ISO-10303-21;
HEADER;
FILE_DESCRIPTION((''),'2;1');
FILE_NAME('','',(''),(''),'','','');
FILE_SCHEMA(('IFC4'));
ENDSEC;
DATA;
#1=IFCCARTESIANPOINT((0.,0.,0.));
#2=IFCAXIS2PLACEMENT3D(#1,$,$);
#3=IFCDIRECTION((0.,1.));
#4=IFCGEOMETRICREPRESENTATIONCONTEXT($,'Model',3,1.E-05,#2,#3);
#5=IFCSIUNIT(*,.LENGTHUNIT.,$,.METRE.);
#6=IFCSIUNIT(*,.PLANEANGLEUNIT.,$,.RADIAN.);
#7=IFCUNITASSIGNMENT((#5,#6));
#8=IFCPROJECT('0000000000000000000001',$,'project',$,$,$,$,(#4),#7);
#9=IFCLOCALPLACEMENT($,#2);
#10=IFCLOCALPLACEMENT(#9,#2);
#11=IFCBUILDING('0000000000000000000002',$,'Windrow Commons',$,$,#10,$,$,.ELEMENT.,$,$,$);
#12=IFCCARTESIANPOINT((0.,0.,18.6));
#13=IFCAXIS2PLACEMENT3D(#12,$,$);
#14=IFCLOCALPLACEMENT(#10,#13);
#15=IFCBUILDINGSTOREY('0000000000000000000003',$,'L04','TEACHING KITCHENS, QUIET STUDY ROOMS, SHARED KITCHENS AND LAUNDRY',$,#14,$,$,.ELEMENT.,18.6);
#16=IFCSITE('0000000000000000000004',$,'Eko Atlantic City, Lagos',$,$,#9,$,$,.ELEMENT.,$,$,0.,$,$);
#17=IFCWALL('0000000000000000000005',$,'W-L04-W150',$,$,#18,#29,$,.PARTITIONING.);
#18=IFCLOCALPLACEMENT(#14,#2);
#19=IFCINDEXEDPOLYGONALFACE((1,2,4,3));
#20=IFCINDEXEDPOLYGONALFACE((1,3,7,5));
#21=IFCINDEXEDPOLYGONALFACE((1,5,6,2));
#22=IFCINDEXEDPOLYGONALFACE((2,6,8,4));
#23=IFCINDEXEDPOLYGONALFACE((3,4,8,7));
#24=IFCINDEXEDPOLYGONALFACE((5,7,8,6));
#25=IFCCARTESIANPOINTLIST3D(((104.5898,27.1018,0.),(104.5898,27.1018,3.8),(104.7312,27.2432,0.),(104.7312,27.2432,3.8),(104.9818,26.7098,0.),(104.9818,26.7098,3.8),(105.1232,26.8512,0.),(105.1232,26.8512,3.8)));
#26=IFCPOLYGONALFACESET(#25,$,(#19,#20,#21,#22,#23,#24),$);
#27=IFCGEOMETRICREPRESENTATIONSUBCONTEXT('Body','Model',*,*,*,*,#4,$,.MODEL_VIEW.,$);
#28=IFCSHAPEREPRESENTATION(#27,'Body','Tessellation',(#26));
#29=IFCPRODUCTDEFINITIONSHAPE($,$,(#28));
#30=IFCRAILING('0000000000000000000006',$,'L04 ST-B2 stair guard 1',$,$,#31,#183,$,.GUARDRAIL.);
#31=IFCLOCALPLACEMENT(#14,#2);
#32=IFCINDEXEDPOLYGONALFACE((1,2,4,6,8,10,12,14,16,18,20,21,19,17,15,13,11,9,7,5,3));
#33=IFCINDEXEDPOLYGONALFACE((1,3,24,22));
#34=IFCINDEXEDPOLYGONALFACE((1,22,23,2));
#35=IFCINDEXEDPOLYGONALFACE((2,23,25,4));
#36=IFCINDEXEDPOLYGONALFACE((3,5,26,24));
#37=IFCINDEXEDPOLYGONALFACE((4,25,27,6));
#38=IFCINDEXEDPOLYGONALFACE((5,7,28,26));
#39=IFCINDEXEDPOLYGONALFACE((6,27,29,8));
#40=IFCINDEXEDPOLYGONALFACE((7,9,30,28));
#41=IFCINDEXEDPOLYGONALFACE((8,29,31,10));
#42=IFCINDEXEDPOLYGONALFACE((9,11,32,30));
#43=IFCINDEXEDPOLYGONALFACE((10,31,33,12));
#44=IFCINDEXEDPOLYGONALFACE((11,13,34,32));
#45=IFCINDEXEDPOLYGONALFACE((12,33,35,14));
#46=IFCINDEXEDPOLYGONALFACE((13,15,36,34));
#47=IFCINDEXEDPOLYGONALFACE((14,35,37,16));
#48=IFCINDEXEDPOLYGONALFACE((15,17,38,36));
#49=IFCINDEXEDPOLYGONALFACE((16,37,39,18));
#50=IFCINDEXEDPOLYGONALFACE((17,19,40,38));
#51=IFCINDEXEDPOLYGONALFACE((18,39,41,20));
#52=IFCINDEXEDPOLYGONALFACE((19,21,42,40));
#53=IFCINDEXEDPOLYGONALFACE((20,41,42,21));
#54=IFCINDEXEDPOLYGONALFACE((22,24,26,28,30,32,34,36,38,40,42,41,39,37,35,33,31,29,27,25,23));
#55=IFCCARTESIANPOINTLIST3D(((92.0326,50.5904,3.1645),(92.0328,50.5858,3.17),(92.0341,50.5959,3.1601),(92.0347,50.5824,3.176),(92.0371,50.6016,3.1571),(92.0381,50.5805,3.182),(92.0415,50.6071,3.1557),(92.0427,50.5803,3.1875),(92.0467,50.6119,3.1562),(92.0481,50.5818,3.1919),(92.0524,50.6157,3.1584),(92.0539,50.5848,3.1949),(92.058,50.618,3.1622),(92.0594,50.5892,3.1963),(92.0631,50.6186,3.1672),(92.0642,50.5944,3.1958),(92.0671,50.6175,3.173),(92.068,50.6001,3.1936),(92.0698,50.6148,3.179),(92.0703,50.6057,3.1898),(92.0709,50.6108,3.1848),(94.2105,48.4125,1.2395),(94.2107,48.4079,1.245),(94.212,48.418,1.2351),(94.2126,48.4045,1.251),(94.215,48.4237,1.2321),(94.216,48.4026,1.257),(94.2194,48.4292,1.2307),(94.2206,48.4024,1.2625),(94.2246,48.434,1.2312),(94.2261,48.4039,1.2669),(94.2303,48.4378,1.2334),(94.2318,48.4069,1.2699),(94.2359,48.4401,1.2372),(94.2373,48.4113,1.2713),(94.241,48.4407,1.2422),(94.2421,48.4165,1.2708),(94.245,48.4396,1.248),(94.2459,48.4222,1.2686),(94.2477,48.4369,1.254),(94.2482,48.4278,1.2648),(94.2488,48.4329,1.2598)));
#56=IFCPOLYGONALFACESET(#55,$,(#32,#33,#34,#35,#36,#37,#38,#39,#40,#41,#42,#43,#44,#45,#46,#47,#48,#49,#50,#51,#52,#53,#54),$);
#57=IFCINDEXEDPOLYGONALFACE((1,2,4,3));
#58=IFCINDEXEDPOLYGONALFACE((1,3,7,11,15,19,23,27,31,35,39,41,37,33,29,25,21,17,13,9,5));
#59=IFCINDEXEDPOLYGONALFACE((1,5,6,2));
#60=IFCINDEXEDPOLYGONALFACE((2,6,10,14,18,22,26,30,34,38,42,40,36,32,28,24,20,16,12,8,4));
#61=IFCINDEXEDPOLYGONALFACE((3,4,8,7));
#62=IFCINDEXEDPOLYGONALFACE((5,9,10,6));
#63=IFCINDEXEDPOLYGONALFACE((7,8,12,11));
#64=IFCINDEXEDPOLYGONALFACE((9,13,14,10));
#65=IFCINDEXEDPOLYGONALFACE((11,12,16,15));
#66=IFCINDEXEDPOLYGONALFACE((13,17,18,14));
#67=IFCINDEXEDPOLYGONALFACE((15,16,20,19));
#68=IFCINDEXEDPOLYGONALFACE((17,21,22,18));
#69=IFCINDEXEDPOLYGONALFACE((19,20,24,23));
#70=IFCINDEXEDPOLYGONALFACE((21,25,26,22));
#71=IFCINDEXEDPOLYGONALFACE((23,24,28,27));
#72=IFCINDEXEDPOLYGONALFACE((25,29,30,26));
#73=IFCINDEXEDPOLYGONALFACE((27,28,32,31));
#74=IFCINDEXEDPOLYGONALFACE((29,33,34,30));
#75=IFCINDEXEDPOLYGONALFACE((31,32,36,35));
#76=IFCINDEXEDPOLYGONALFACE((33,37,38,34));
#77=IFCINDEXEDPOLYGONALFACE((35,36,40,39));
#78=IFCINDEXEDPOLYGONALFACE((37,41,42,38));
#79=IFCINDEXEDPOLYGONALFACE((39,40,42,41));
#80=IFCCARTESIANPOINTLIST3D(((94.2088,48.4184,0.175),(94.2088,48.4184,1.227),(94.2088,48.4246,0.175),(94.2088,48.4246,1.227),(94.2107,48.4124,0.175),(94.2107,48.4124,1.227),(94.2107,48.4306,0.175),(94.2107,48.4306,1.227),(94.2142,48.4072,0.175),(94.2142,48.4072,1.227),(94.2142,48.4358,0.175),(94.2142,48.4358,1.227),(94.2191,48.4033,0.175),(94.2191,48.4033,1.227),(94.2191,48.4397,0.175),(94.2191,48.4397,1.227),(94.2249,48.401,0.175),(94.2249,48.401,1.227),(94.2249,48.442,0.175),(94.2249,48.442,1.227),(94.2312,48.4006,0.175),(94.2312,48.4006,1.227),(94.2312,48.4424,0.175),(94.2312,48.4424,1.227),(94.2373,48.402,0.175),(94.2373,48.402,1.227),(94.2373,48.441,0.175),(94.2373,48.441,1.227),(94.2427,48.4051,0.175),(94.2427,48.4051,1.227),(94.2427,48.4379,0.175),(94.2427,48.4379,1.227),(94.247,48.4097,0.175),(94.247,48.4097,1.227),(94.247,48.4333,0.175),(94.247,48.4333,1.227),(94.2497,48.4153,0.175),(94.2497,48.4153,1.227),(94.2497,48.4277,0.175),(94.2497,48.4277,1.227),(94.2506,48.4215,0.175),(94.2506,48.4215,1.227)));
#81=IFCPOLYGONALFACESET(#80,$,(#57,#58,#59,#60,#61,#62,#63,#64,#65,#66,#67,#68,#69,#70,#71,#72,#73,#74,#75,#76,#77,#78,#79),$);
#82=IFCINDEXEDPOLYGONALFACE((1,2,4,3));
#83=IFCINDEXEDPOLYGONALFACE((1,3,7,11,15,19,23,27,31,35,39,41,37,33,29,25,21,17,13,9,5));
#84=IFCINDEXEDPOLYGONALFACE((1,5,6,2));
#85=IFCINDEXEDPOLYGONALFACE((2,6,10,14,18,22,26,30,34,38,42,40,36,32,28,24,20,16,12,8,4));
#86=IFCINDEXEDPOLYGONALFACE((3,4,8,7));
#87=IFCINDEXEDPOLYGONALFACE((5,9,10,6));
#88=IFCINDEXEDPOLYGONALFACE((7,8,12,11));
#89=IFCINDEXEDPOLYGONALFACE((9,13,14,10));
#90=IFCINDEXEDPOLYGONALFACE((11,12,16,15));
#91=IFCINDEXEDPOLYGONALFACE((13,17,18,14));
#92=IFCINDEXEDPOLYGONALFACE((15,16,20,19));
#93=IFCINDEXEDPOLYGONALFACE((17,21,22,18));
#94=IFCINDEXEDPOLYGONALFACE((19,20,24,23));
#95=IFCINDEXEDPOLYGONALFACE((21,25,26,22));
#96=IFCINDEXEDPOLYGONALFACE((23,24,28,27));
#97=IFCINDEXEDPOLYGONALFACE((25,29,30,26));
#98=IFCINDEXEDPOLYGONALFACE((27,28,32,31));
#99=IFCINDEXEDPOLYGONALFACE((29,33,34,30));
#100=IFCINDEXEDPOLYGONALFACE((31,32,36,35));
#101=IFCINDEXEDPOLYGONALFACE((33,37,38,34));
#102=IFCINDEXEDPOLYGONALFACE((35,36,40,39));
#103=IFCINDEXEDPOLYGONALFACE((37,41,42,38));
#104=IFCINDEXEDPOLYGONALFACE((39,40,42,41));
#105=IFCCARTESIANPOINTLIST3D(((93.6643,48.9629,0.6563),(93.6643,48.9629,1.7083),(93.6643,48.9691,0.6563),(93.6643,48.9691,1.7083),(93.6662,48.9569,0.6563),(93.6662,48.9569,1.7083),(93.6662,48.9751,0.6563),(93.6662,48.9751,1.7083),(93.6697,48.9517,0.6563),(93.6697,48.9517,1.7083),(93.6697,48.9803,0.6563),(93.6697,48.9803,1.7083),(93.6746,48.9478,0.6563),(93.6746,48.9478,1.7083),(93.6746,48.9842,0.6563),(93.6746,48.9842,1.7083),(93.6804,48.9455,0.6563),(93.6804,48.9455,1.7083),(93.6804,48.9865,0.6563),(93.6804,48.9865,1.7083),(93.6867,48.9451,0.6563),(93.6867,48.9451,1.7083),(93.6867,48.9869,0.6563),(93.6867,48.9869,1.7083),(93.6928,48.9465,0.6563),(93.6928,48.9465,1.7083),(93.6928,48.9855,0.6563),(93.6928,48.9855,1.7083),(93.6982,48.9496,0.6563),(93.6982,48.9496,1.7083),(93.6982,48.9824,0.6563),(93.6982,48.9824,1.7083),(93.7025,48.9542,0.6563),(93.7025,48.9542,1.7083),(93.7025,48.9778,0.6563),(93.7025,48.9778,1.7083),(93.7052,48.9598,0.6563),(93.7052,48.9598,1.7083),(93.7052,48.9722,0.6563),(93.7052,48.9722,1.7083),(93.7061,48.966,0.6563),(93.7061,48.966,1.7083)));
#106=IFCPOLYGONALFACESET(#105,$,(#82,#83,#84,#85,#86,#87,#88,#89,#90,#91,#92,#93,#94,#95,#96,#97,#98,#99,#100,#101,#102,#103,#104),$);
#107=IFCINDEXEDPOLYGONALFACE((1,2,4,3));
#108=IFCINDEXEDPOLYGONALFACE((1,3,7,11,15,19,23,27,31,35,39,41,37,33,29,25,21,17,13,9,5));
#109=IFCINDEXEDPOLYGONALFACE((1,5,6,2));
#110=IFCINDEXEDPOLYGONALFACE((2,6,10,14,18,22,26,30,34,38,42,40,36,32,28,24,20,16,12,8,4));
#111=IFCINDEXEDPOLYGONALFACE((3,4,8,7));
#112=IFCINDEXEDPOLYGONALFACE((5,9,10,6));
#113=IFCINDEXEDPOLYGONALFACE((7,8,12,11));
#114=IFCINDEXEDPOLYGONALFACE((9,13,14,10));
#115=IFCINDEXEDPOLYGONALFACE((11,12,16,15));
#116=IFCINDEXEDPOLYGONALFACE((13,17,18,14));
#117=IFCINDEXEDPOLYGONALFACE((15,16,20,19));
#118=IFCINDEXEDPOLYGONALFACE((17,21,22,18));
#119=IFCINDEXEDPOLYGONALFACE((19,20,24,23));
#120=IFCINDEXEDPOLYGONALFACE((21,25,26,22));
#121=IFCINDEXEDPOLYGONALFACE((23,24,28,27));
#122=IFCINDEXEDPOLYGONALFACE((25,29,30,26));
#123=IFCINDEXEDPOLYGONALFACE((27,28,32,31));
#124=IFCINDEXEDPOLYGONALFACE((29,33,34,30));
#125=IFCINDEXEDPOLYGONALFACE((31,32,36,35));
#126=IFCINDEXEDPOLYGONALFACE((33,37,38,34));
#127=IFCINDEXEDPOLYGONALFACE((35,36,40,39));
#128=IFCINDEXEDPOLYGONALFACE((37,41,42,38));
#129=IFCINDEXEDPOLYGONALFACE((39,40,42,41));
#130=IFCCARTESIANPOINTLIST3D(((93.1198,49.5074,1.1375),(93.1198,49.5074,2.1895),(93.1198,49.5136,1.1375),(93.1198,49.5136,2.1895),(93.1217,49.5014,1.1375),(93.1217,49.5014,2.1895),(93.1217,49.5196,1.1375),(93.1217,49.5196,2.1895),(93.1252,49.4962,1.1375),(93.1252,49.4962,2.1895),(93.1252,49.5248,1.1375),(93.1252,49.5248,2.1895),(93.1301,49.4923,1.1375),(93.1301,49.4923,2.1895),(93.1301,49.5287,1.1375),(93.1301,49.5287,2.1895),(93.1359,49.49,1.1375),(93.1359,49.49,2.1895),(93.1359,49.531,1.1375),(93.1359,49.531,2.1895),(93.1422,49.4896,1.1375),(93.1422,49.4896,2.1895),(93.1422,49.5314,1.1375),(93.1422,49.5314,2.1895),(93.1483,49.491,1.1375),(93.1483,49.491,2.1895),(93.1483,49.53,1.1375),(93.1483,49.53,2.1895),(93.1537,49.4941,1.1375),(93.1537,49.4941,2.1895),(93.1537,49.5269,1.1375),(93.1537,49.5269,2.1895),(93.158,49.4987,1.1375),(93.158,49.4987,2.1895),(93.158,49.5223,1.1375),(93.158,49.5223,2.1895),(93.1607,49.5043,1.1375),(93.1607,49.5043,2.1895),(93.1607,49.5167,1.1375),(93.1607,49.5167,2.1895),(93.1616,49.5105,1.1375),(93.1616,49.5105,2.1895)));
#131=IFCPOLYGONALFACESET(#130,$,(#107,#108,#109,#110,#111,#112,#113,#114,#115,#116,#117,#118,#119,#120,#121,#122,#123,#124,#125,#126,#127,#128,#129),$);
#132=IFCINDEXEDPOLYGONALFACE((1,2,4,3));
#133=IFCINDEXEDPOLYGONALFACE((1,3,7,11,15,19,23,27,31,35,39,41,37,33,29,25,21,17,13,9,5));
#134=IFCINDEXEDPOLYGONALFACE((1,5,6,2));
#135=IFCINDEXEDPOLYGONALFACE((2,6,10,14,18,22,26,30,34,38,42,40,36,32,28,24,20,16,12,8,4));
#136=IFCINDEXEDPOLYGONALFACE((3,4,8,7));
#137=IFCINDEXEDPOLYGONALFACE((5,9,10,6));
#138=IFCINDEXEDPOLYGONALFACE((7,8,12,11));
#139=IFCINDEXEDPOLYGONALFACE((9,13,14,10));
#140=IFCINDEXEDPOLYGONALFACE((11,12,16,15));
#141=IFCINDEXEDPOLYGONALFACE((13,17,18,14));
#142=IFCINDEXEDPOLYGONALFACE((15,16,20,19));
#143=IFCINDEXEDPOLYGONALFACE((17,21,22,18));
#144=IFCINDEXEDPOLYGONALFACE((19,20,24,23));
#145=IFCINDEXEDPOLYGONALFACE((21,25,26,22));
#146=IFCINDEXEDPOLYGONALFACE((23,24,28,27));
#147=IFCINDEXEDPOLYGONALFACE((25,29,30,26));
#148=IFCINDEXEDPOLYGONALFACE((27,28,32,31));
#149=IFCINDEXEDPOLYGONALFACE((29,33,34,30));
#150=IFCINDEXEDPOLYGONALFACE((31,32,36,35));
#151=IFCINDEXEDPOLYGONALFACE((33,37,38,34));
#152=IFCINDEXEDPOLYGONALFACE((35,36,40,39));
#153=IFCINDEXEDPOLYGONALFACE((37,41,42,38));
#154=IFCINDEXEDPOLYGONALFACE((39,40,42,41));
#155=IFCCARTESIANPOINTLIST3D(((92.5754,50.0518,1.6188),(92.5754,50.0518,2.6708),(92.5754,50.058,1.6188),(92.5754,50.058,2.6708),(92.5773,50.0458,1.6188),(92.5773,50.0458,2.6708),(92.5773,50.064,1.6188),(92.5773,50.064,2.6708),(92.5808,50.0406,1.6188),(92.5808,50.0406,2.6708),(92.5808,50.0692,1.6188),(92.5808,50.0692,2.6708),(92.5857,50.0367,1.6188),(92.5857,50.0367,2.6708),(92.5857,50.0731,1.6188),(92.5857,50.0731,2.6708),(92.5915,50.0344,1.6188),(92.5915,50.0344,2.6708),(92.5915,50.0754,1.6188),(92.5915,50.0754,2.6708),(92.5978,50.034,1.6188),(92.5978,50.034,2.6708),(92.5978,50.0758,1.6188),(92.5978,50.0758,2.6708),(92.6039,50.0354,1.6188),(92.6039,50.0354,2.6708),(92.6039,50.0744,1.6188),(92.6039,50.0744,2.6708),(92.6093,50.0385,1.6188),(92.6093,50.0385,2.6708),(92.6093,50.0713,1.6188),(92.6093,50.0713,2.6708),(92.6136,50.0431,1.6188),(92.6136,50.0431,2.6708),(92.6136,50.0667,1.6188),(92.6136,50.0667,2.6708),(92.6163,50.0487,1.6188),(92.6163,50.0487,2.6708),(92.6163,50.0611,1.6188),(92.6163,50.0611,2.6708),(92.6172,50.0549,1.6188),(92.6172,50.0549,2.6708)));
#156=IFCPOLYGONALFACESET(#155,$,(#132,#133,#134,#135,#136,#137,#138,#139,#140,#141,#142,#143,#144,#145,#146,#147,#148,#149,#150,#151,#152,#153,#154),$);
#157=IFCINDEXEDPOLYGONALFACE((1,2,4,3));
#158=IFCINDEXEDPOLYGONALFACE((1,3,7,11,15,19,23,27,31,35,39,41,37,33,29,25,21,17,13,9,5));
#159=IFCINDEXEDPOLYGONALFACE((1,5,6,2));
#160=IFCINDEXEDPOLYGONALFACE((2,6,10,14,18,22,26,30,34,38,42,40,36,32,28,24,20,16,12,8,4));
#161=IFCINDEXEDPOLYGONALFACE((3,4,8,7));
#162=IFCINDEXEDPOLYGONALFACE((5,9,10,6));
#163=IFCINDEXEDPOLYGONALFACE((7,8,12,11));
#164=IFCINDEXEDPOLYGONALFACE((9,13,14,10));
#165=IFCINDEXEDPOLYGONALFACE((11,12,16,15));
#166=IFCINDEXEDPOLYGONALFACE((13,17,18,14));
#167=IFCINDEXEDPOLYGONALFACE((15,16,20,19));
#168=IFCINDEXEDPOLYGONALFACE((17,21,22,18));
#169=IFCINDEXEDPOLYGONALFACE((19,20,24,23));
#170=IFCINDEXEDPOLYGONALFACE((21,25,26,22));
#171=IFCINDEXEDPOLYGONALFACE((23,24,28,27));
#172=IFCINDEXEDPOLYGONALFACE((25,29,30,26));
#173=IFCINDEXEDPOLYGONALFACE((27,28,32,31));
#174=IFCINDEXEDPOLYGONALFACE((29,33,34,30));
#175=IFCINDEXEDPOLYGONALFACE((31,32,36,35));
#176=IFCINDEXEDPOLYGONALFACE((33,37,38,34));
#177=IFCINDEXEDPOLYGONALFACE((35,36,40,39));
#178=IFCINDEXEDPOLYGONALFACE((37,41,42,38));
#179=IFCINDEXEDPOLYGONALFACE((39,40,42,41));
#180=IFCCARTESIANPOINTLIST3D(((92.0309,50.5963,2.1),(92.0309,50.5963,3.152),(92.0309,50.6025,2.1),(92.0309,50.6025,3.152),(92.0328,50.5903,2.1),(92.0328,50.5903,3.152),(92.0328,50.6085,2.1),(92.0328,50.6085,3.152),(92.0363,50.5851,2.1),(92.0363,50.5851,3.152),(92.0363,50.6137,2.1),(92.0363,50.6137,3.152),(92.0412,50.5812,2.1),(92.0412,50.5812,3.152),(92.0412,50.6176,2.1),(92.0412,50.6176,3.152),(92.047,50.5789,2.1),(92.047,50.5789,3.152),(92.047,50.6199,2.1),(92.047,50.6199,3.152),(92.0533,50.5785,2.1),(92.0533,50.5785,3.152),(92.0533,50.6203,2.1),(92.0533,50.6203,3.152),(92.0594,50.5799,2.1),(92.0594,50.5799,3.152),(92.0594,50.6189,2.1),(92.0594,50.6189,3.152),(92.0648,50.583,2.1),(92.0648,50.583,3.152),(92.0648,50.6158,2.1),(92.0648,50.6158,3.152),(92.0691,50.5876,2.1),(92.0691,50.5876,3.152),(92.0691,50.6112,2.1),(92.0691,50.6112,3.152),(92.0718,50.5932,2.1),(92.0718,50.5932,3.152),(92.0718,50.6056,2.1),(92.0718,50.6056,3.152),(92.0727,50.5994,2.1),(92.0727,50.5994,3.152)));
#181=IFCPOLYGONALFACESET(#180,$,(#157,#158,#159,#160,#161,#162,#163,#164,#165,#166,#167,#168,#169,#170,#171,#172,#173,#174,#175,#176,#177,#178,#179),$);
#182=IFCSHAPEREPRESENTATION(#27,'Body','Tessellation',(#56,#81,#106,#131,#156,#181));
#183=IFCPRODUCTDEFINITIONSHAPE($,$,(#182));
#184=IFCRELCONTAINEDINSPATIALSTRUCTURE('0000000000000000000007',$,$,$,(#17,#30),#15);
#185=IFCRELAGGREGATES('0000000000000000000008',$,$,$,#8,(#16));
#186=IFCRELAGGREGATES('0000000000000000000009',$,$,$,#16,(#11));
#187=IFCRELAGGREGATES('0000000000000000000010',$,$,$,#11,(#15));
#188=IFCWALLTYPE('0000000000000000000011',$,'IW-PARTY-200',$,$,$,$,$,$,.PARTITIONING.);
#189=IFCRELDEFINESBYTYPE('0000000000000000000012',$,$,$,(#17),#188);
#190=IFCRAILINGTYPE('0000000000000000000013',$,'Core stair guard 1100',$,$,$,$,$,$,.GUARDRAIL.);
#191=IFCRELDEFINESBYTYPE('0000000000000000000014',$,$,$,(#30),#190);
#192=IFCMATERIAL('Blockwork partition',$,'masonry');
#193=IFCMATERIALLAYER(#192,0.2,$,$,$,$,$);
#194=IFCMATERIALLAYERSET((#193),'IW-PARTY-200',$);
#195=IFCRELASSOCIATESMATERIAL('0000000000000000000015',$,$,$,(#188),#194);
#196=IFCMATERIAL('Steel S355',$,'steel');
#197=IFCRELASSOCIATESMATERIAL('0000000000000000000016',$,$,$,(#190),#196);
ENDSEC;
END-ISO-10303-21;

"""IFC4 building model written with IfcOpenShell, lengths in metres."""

from ifc_helpers import new_model, si_unit, direction, frame, frame_2d, origin, origin_2d, place, context, subcontext, project, spatial, rectangle, circle, extrude, material, layer, layer_set, type_object, element, save


model = new_model("IFC4")

# Units and contexts
model_context = context("Model", 3, precision=1e-05, world=origin(), true_north=direction((0.0, 1.0)))
body_context = subcontext(model_context, "Body", "Model", "MODEL_VIEW")
ifc_project = project(units=[si_unit("LENGTHUNIT", "METRE"), si_unit("PLANEANGLEUNIT", "RADIAN")], contexts=[model_context])

# Site, building, storey
site_placement = place(None, origin())
site = spatial("IfcSite", under=ifc_project, at=site_placement, Name="Eko Atlantic City, Lagos", CompositionType="ELEMENT", RefElevation=0.0)
building_placement = place(site_placement, origin())
building = spatial("IfcBuilding", under=site, at=building_placement, Name="Windrow Commons", CompositionType="ELEMENT")
storey_placement = place(building_placement, frame((0.0, 0.0, 18.6)))
storey = spatial("IfcBuildingStorey", under=building, at=storey_placement, Name="L04", Description="TEACHING KITCHENS, QUIET STUDY ROOMS, SHARED KITCHENS AND LAUNDRY", CompositionType="ELEMENT", Elevation=18.6)

# Wall
ifc_material_1 = material(Name="Blockwork partition", Category="masonry")
ifc_layer_1 = layer(ifc_material_1, 0.2)
ifc_layer_set_1 = layer_set([ifc_layer_1], Name="IW-PARTY-200")
wall_type_1 = type_object("IfcWallType", Name="IW-PARTY-200", PredefinedType="PARTITIONING", material=ifc_layer_set_1)
wall_1_placement = place(storey_placement, frame((104.6605, 27.1725, 0.0), z_axis=(0.0, 0.0, 1.0), x_axis=(0.707107, -0.707107, 0.0)))
element("IfcWall", 1, at=wall_1_placement, inside=storey, type_object=wall_type_1, Name="W-L04-W150", PredefinedType="PARTITIONING", context=body_context, shape_type="SweptSolid", body=[
    extrude(rectangle(XDim=0.5544, YDim=0.2, at=frame_2d((0.2772, 0.0))), origin(), (0.0, 0.0, 1.0), 3.8),
])

# Railing
ifc_material_2 = material(Name="Steel S355", Category="steel")
railing_type = type_object("IfcRailingType", Name="Core stair guard 1100", PredefinedType="GUARDRAIL", material=ifc_material_2)
railing_placement = place(storey_placement, frame((94.2296, 48.4215, 0.175)))
element("IfcRailing", 2, at=railing_placement, inside=storey, type_object=railing_type, Name="L04 ST-B2 stair guard 1", PredefinedType="GUARDRAIL", context=body_context, shape_type="SweptSolid", body=[
    extrude(circle(Radius=0.024, at=origin_2d()), frame((0.0, 0.0, 1.076), z_axis=(-0.599626, 0.599626, 0.529997), x_axis=(-0.707107, -0.707107, 0.0)), (0.0, 0.0, 1.0), 3.6321),
    extrude(circle(Radius=0.021, at=origin_2d()), origin(), (0.0, 0.0, 1.0), 1.052),
    extrude(circle(Radius=0.021, at=origin_2d()), frame((-0.5445, 0.5445, 0.4813)), (0.0, 0.0, 1.0), 1.052),
    extrude(circle(Radius=0.021, at=origin_2d()), frame((-1.089, 1.089, 0.9625)), (0.0, 0.0, 1.0), 1.052),
    extrude(circle(Radius=0.021, at=origin_2d()), frame((-1.6334, 1.6334, 1.4438)), (0.0, 0.0, 1.0), 1.052),
    extrude(circle(Radius=0.021, at=origin_2d()), frame((-2.1779, 2.1779, 1.925)), (0.0, 0.0, 1.0), 1.052),
])

save(model, "model.ifc")
